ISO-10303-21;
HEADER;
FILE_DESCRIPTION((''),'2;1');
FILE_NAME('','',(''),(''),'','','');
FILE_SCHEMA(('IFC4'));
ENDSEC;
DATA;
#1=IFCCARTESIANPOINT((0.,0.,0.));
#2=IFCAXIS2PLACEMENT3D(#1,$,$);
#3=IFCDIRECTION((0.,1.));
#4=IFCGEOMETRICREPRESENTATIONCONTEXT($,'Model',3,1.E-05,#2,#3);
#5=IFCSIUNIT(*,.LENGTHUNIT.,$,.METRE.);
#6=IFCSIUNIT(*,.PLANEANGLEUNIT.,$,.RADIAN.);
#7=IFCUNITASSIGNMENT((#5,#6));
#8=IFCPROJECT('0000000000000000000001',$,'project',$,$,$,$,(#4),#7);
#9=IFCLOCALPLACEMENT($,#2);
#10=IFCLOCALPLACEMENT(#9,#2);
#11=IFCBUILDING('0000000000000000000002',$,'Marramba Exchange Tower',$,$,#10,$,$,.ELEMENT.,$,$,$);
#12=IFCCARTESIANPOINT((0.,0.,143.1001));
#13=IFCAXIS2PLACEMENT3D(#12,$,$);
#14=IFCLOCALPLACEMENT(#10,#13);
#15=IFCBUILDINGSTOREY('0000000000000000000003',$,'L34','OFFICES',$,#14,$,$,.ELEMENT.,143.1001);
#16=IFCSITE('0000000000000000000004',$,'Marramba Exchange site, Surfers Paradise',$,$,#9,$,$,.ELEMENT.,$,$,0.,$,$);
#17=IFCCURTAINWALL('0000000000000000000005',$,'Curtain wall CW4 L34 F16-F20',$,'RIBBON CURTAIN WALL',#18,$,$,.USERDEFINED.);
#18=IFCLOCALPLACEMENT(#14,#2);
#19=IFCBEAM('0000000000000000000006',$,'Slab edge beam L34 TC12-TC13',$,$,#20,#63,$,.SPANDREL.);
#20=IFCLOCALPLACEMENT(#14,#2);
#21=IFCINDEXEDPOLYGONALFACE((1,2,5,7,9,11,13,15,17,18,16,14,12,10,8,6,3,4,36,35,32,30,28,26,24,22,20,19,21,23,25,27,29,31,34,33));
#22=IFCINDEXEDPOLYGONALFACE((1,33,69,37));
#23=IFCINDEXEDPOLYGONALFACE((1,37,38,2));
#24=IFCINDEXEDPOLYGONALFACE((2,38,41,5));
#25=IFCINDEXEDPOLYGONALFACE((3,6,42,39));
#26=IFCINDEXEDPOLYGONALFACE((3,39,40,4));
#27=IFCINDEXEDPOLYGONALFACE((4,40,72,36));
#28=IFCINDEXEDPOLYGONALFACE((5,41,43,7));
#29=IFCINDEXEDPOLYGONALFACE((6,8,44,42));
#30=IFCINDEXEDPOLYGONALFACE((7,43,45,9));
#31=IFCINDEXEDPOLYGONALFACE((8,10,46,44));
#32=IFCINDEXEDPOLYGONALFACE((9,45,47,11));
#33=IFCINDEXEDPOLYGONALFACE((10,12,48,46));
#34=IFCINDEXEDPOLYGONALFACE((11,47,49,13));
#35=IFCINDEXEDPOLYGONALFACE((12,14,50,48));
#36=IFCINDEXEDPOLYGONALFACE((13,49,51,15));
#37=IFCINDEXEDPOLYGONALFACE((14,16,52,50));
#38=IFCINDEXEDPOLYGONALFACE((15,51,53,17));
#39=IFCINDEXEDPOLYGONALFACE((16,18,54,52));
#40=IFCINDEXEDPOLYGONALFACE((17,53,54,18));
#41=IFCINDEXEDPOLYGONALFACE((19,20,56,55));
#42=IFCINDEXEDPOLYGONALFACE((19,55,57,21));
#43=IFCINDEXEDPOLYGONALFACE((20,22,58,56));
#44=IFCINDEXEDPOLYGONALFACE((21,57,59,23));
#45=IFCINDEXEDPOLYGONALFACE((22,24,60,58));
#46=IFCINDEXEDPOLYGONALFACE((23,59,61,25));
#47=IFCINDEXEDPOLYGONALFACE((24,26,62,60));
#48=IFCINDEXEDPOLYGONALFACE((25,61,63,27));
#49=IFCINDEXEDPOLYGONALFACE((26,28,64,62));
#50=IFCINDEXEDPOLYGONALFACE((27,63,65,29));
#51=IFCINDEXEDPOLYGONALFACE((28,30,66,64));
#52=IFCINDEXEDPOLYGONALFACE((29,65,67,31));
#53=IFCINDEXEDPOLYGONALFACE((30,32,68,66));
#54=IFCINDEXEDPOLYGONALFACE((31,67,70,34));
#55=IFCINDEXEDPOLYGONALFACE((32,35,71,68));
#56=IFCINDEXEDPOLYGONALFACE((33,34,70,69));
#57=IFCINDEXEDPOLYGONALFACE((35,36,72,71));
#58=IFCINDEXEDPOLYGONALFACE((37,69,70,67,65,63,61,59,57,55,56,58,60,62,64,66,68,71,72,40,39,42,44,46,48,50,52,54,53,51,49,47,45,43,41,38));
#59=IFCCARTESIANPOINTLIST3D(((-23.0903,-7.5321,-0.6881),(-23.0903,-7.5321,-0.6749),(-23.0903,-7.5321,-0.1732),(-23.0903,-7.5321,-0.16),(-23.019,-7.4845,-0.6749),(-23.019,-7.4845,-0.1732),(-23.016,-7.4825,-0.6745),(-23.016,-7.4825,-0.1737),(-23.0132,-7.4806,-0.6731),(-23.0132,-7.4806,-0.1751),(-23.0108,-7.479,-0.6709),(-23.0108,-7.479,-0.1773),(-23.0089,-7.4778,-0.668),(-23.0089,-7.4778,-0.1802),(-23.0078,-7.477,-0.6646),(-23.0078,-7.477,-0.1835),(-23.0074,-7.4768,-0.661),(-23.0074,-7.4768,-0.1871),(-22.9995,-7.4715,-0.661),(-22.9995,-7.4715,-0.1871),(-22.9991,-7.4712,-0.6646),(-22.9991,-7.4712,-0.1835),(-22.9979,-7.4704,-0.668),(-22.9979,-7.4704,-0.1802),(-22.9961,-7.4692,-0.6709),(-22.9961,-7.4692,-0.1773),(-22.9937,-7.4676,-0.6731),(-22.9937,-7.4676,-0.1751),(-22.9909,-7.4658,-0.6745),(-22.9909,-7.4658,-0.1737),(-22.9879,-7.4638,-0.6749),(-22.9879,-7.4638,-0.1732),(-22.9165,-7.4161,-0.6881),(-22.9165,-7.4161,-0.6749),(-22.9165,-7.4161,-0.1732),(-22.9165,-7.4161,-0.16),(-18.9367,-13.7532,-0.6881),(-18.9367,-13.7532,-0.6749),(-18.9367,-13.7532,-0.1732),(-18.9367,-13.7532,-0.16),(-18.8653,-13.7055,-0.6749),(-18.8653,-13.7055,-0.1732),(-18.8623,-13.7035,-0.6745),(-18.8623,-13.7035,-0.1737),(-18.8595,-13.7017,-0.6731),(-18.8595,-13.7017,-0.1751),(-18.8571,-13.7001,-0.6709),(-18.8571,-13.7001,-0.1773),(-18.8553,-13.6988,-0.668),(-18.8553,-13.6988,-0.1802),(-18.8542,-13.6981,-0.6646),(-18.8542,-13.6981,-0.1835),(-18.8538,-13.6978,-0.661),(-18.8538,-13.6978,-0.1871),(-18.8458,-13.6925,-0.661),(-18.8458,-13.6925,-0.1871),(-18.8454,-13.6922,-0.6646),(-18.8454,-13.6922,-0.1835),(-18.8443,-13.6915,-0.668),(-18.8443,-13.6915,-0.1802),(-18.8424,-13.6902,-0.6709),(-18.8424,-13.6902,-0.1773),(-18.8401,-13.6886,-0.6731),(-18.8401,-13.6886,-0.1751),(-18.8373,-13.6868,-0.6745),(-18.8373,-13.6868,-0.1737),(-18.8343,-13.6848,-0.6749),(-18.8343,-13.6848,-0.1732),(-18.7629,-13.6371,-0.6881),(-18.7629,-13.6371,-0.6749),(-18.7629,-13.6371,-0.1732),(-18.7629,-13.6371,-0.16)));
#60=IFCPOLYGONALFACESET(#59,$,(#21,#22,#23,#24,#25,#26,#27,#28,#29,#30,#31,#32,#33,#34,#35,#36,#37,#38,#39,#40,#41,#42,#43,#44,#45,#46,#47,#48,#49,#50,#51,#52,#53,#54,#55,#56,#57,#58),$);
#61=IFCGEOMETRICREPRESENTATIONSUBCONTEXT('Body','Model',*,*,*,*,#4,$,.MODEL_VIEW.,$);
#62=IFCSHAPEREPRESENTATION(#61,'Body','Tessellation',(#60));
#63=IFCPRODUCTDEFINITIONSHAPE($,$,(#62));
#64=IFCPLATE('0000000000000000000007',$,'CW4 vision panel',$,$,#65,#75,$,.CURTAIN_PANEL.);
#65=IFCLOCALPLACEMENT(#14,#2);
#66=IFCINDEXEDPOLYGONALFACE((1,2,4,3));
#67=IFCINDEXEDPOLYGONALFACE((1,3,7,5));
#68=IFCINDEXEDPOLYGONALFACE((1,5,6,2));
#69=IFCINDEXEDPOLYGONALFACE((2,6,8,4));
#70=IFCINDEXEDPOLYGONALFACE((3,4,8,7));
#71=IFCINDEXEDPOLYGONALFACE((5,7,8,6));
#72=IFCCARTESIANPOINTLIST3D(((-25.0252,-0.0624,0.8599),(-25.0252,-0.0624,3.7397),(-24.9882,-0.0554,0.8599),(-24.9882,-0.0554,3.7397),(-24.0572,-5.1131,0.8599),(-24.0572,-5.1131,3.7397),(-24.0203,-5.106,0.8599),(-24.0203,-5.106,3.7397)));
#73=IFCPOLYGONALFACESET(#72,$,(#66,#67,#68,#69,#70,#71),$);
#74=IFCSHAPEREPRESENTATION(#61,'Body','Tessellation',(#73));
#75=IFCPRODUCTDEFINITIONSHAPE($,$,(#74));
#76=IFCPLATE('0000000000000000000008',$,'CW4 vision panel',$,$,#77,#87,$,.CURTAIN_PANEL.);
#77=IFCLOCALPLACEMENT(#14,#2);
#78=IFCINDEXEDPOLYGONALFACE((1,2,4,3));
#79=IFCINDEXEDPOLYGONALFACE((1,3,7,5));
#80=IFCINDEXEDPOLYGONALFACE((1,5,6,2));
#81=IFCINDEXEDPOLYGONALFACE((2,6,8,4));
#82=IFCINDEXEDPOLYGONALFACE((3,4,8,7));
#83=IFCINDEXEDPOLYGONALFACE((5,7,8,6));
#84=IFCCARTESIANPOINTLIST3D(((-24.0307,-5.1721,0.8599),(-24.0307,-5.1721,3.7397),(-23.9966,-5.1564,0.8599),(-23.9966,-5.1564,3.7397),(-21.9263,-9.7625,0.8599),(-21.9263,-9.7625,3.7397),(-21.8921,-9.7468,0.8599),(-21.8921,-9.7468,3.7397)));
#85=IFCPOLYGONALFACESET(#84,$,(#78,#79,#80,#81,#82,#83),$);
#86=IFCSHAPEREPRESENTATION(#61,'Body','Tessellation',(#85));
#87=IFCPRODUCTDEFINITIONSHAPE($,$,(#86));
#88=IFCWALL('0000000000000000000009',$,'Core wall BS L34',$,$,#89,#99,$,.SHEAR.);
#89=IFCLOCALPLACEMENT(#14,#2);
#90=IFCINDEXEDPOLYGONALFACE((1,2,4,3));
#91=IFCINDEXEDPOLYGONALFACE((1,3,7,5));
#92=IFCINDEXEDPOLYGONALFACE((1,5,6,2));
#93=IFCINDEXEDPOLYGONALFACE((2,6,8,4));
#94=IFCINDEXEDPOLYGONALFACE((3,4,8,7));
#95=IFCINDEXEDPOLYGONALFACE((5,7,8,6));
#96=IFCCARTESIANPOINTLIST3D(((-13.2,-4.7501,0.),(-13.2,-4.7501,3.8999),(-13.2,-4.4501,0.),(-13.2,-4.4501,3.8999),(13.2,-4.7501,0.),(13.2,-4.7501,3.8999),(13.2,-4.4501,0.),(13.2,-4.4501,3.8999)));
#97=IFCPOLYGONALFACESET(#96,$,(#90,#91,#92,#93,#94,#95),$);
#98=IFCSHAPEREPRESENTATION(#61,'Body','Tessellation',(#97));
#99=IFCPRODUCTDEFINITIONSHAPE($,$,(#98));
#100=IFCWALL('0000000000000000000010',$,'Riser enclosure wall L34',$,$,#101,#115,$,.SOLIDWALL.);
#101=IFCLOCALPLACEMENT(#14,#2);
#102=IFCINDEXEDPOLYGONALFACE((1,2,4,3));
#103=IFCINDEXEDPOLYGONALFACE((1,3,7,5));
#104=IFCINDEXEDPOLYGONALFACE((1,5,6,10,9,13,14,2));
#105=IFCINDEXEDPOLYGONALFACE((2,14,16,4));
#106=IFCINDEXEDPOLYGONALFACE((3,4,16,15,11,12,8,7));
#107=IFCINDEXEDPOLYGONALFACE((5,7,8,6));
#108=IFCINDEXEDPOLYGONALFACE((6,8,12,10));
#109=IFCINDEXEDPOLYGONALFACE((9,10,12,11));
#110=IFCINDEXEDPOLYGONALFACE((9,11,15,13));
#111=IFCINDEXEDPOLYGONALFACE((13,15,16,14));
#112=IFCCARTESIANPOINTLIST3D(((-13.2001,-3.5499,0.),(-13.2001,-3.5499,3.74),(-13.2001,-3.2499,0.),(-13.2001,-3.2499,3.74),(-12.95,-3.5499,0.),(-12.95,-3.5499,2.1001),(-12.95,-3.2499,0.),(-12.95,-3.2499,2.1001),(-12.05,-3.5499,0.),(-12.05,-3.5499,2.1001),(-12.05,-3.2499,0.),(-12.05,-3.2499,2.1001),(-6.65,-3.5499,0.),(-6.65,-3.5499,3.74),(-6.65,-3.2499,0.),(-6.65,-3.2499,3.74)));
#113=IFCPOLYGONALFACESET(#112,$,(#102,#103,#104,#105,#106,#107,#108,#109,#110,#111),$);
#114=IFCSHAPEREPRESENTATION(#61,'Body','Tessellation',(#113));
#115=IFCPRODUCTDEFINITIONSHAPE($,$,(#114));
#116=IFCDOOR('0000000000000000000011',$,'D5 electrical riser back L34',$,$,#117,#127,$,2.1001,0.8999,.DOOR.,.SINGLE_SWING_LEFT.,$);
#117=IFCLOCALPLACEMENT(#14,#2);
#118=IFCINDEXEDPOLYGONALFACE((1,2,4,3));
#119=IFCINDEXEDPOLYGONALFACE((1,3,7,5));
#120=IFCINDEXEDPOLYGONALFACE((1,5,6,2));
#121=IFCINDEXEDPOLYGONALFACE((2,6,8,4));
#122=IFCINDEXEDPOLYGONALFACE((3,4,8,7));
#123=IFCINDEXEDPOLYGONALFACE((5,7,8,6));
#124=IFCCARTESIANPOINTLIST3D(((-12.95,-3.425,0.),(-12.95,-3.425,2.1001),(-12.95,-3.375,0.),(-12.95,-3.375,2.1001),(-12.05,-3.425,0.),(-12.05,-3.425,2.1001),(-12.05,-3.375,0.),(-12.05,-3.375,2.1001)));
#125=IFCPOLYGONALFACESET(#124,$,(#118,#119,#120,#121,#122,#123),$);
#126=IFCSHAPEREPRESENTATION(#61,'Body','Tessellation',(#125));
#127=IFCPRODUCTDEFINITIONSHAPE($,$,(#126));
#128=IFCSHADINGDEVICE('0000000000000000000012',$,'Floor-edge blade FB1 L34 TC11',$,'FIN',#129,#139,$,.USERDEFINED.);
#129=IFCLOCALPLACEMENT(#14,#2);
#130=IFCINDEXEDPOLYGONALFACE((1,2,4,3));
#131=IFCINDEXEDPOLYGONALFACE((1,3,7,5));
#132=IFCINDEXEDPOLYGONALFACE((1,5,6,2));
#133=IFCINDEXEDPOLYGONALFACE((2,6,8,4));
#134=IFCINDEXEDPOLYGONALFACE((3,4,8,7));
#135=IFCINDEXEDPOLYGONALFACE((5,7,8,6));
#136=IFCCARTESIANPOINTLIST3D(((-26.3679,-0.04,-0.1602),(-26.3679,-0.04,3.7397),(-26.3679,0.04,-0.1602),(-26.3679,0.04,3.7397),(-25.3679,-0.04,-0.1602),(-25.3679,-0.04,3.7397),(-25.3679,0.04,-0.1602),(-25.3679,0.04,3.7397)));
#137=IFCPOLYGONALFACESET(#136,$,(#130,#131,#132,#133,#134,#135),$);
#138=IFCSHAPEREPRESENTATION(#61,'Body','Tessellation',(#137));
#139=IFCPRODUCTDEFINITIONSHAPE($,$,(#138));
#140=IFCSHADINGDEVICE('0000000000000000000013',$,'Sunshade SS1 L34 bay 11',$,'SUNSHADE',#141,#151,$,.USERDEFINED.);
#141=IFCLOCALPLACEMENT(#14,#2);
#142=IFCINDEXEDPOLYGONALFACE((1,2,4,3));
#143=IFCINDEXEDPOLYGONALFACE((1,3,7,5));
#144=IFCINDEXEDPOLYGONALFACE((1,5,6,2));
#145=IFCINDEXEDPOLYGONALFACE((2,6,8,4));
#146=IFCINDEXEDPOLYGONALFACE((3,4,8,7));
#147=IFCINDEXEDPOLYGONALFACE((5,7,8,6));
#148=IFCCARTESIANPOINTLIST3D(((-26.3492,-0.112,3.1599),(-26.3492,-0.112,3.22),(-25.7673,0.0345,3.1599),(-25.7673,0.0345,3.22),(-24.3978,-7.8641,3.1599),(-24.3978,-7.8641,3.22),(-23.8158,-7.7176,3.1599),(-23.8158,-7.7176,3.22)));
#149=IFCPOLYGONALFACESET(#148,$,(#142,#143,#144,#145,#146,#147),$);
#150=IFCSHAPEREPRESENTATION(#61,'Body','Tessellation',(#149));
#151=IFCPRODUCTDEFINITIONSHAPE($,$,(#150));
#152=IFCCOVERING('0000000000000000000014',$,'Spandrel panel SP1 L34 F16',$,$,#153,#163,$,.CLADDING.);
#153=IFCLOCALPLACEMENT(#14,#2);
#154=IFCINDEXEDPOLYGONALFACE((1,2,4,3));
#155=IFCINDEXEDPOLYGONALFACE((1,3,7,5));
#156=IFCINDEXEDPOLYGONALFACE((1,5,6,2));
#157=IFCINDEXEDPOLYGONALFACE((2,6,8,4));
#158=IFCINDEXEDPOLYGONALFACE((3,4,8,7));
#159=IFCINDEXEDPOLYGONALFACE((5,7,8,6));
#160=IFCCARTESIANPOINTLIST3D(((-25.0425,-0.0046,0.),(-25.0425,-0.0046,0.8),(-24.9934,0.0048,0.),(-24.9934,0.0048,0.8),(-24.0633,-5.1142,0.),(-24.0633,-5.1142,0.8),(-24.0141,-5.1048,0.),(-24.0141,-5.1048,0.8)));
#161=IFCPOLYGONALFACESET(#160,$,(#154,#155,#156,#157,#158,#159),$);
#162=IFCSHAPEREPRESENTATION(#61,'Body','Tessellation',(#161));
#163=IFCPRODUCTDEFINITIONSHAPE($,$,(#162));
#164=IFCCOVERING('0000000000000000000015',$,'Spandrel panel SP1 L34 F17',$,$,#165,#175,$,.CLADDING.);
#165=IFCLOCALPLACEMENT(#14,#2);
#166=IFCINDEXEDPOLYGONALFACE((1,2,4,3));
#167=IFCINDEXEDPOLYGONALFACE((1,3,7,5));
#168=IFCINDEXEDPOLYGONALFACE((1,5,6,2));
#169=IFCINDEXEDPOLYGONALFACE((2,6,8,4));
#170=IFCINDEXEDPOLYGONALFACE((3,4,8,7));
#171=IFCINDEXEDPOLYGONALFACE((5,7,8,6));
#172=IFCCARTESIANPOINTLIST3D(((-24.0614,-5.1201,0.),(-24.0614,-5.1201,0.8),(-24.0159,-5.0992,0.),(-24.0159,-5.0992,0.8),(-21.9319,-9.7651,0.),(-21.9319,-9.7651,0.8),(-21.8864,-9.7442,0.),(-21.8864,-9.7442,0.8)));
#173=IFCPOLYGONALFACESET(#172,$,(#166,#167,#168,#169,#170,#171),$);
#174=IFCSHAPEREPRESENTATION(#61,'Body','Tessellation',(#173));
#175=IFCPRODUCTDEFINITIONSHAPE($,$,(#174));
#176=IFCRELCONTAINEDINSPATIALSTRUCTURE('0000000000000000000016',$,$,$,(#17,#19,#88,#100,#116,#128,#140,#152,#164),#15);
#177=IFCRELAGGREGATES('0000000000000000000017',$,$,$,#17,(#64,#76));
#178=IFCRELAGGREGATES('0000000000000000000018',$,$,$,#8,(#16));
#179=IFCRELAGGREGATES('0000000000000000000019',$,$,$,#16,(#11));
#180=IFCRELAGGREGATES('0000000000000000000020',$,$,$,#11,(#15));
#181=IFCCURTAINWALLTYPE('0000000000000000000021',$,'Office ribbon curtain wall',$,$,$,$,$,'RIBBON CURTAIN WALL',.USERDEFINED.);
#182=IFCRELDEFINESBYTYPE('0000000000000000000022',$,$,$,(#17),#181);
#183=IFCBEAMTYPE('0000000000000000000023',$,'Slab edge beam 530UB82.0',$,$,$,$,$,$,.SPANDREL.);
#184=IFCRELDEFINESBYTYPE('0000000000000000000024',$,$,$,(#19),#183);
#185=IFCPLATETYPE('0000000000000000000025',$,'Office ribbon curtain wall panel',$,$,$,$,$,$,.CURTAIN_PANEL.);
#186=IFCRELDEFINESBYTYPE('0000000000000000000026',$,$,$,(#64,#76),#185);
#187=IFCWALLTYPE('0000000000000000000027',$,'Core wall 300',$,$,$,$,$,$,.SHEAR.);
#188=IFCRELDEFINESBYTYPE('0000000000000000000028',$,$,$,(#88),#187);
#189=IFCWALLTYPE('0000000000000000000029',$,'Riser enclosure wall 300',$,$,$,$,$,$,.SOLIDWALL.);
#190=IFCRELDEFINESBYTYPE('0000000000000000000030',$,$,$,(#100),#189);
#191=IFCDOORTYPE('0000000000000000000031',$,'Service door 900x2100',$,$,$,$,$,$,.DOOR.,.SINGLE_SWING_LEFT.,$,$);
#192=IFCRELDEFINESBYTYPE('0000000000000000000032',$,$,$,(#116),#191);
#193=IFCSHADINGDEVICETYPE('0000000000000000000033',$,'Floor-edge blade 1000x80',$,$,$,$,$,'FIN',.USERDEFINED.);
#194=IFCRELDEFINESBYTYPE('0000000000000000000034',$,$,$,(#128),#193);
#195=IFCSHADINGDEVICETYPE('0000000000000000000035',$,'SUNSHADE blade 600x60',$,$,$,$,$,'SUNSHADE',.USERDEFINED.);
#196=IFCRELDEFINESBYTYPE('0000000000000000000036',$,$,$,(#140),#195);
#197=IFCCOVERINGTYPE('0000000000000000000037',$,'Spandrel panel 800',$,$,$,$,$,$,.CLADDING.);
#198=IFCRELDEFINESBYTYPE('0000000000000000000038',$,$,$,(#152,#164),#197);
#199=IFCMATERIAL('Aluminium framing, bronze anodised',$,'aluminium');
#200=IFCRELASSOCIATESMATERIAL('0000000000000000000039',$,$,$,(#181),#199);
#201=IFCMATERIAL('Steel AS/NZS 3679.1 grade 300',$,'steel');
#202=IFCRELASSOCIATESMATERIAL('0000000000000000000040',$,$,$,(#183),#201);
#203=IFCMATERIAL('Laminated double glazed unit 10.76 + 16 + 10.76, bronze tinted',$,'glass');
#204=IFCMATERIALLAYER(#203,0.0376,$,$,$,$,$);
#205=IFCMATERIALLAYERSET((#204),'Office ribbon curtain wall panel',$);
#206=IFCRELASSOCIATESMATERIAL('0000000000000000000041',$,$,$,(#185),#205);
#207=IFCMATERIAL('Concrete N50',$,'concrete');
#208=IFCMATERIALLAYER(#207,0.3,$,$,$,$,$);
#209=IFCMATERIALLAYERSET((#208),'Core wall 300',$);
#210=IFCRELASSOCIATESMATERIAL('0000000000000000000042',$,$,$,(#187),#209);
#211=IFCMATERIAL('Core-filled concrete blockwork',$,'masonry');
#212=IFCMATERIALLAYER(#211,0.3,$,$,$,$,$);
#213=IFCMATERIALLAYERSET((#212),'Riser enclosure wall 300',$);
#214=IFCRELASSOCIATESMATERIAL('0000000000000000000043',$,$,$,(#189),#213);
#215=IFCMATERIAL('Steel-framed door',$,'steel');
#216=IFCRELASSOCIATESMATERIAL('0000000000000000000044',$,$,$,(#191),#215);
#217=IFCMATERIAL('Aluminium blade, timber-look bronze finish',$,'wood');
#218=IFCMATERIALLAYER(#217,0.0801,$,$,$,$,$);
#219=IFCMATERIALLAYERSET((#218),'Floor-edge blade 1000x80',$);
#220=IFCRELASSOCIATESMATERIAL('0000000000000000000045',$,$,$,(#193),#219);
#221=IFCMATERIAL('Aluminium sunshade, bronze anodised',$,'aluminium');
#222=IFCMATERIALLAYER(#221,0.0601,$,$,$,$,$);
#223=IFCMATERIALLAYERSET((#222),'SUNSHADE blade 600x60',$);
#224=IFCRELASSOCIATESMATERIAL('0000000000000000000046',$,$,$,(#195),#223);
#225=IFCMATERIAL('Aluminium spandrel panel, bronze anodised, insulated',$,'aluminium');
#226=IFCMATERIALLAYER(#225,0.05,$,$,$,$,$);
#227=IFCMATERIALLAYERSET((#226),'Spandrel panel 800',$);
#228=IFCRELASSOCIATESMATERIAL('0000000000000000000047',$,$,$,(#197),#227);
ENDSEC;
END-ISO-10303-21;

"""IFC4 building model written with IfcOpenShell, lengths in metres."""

from ifc_helpers import new_model, si_unit, direction, frame, frame_2d, origin, origin_2d, place, context, subcontext, project, spatial, rectangle, i_section, extrude, material, layer, layer_set, material_profile, profile_set, type_object, element, fill, aggregate, save


model = new_model("IFC4")

# Units and contexts
model_context = context("Model", 3, precision=1e-05, world=origin(), true_north=direction((0.0, 1.0)))
body_context = subcontext(model_context, "Body", "Model", "MODEL_VIEW")
ifc_project = project(units=[si_unit("LENGTHUNIT", "METRE"), si_unit("PLANEANGLEUNIT", "RADIAN")], contexts=[model_context])

# Site, building, storey
site_placement = place(None, origin())
site = spatial("IfcSite", under=ifc_project, at=site_placement, Name="Marramba Exchange site, Surfers Paradise", CompositionType="ELEMENT", RefElevation=0.0)
building_placement = place(site_placement, origin())
building = spatial("IfcBuilding", under=site, at=building_placement, Name="Marramba Exchange Tower", CompositionType="ELEMENT")
storey_placement = place(building_placement, frame((0.0, 0.0, 143.1001)))
storey = spatial("IfcBuildingStorey", under=building, at=storey_placement, Name="L34", Description="OFFICES", CompositionType="ELEMENT", Elevation=143.1001)

# Shared definitions
ifc_material_1 = material(Name="Concrete N50", Category="concrete")

# Shared definitions
ifc_material_2 = material(Name="Steel AS/NZS 3679.1 grade 300", Category="steel")

# Curtain wall
ifc_material_3 = material(Name="Aluminium framing, bronze anodised", Category="aluminium")
curtain_wall_type = type_object("IfcCurtainWallType", Name="Office ribbon curtain wall", ElementType="RIBBON CURTAIN WALL", PredefinedType="USERDEFINED", material=ifc_material_3)
curtain_wall_placement = place(storey_placement, origin())
curtain_wall = element("IfcCurtainWall", 1, at=curtain_wall_placement, inside=storey, type_object=curtain_wall_type, Name="Curtain wall CW4 L34 F16-F20", ObjectType="RIBBON CURTAIN WALL", PredefinedType="USERDEFINED")

# Beam
ifc_material_profile_1 = material_profile(ifc_material_2, i_section(OverallWidth=0.209, OverallDepth=0.5281, WebThickness=0.0095, FlangeThickness=0.0132, FilletRadius=0.0139, at=origin_2d()), Name="530UB82.0")
ifc_profile_set_1 = profile_set([ifc_material_profile_1], Name="Steel AS/NZS 3679.1 grade 300")
beam_type_1 = type_object("IfcBeamType", Name="Slab edge beam 530UB82.0", PredefinedType="SPANDREL", material=ifc_profile_set_1)
beam_1_placement = place(storey_placement, frame((-23.0034, -7.4741, -0.4241), z_axis=(0.55528, -0.831663, 0.0), x_axis=(0.831663, 0.55528, 0.0)))
element("IfcBeam", 2, at=beam_1_placement, inside=storey, type_object=beam_type_1, Name="Slab edge beam L34 TC12-TC13", PredefinedType="SPANDREL", context=body_context, shape_type="SweptSolid", body=[
    extrude(i_section(OverallWidth=0.209, OverallDepth=0.5281, WebThickness=0.0095, FlangeThickness=0.0132, FilletRadius=0.0139, at=origin_2d()), origin(), (0.0, 0.0, 1.0), 7.4802),
])

# Plates
ifc_material_4 = material(Name="Laminated double glazed unit 10.76 + 16 + 10.76, bronze tinted", Category="glass")
ifc_layer_1 = layer(ifc_material_4, 0.0376)
ifc_layer_set_1 = layer_set([ifc_layer_1], Name="Office ribbon curtain wall panel")
plate_type = type_object("IfcPlateType", Name="Office ribbon curtain wall panel", PredefinedType="CURTAIN_PANEL", material=ifc_layer_set_1)
plate_1_placement = place(storey_placement, frame((-24.5227, -2.5842, 0.8599), z_axis=(0.0, 0.0, 1.0), x_axis=(0.188227, -0.982126, 0.0)))
plate_1 = element("IfcPlate", 3, at=plate_1_placement, type_object=plate_type, Name="CW4 vision panel", PredefinedType="CURTAIN_PANEL", context=body_context, shape_type="SweptSolid", body=[
    extrude(rectangle(XDim=5.1426, YDim=0.0376, at=origin_2d()), origin(), (0.0, 0.0, 1.0), 2.8799),
])
plate_2_placement = place(storey_placement, frame((-22.9614, -7.4595, 0.8599), z_axis=(0.0, 0.0, 1.0), x_axis=(0.416738, -0.909027, 0.0)))
plate_2 = element("IfcPlate", 4, at=plate_2_placement, type_object=plate_type, Name="CW4 vision panel", PredefinedType="CURTAIN_PANEL", context=body_context, shape_type="SweptSolid", body=[
    extrude(rectangle(XDim=5.0498, YDim=0.0376, at=origin_2d()), origin(), (0.0, 0.0, 1.0), 2.8799),
])
aggregate(curtain_wall, [plate_1, plate_2])

# Wall
ifc_layer_2 = layer(ifc_material_1, 0.3)
ifc_layer_set_2 = layer_set([ifc_layer_2], Name="Core wall 300")
wall_type_1 = type_object("IfcWallType", Name="Core wall 300", PredefinedType="SHEAR", material=ifc_layer_set_2)
wall_1_placement = place(storey_placement, frame((-13.2, -4.6001, 0.0), z_axis=(0.0, 0.0, 1.0), x_axis=(1.0, 0.0, 0.0)))
element("IfcWall", 5, at=wall_1_placement, inside=storey, type_object=wall_type_1, Name="Core wall BS L34", PredefinedType="SHEAR", context=body_context, shape_type="SweptSolid", body=[
    extrude(rectangle(XDim=26.3999, YDim=0.3, at=frame_2d((13.2, 0.0))), origin(), (0.0, 0.0, 1.0), 3.8999),
])

# Wall, opening, door
ifc_material_5 = material(Name="Core-filled concrete blockwork", Category="masonry")
ifc_layer_3 = layer(ifc_material_5, 0.3)
ifc_layer_set_3 = layer_set([ifc_layer_3], Name="Riser enclosure wall 300")
wall_type_2 = type_object("IfcWallType", Name="Riser enclosure wall 300", PredefinedType="SOLIDWALL", material=ifc_layer_set_3)
wall_2_placement = place(storey_placement, frame((-13.2, -3.3999, 0.0), z_axis=(0.0, 0.0, 1.0), x_axis=(1.0, 0.0, 0.0)))
wall_2 = element("IfcWall", 6, at=wall_2_placement, inside=storey, type_object=wall_type_2, Name="Riser enclosure wall L34", PredefinedType="SOLIDWALL", context=body_context, shape_type="SweptSolid", body=[
    extrude(rectangle(XDim=6.55, YDim=0.3, at=frame_2d((3.2749, 0.0))), origin(), (0.0, 0.0, 1.0), 3.74),
])
opening_placement = place(wall_2_placement, frame((0.25, 0.0, 0.0)))
opening = element("IfcOpeningElement", 7, at=opening_placement, cuts=wall_2, PredefinedType="OPENING", context=body_context, shape_type="SweptSolid", body=[
    extrude(rectangle(XDim=0.8999, YDim=2.1001, at=frame_2d((0.45, 1.05))), frame((0.0, 0.1599, 0.0), z_axis=(0.0, -1.0, 0.0), x_axis=(1.0, 0.0, 0.0)), (0.0, 0.0, 1.0), 0.3201),
])
ifc_material_6 = material(Name="Steel-framed door", Category="steel")
door_type = type_object("IfcDoorType", Name="Service door 900x2100", OperationType="SINGLE_SWING_LEFT", PredefinedType="DOOR", material=ifc_material_6)
door_placement = place(opening_placement, origin())
door = element("IfcDoor", 8, at=door_placement, inside=storey, type_object=door_type, Name="D5 electrical riser back L34", OperationType="SINGLE_SWING_LEFT", OverallHeight=2.1001, OverallWidth=0.8999, PredefinedType="DOOR", context=body_context, shape_type="SweptSolid", body=[
    extrude(rectangle(XDim=0.8999, YDim=2.1001, at=frame_2d((0.45, 1.05))), frame((0.0, 0.0249, 0.0), z_axis=(0.0, -1.0, 0.0), x_axis=(1.0, 0.0, 0.0)), (0.0, 0.0, 1.0), 0.05),
])
fill(opening, door)

# Shading devices
ifc_material_7 = material(Name="Aluminium blade, timber-look bronze finish", Category="wood")
ifc_layer_4 = layer(ifc_material_7, 0.0801)
ifc_layer_set_4 = layer_set([ifc_layer_4], Name="Floor-edge blade 1000x80")
shading_device_type_1 = type_object("IfcShadingDeviceType", Name="Floor-edge blade 1000x80", ElementType="FIN", PredefinedType="USERDEFINED", material=ifc_layer_set_4)
shading_device_1_placement = place(storey_placement, frame((-25.8679, 0.0, -0.1602), z_axis=(0.0, 0.0, 1.0), x_axis=(-1.0, 0.0, 0.0)))
element("IfcShadingDevice", 9, at=shading_device_1_placement, inside=storey, type_object=shading_device_type_1, Name="Floor-edge blade FB1 L34 TC11", ObjectType="FIN", PredefinedType="USERDEFINED", context=body_context, shape_type="SweptSolid", body=[
    extrude(rectangle(XDim=1.0, YDim=0.0801, at=origin_2d()), origin(), (0.0, 0.0, 1.0), 3.8999),
])
ifc_material_8 = material(Name="Aluminium sunshade, bronze anodised", Category="aluminium")
ifc_layer_5 = layer(ifc_material_8, 0.0601)
ifc_layer_set_5 = layer_set([ifc_layer_5], Name="SUNSHADE blade 600x60")
shading_device_type_2 = type_object("IfcShadingDeviceType", Name="SUNSHADE blade 600x60", ElementType="SUNSHADE", PredefinedType="USERDEFINED", material=ifc_layer_set_5)
shading_device_2_placement = place(storey_placement, frame((-25.0825, -3.9148, 3.1599), z_axis=(0.0, 0.0, 1.0), x_axis=(0.244117, -0.969746, 0.0)))
element("IfcShadingDevice", 10, at=shading_device_2_placement, inside=storey, type_object=shading_device_type_2, Name="Sunshade SS1 L34 bay 11", ObjectType="SUNSHADE", PredefinedType="USERDEFINED", context=body_context, shape_type="SweptSolid", body=[
    extrude(rectangle(XDim=7.9939, YDim=0.6001, at=origin_2d()), origin(), (0.0, 0.0, 1.0), 0.0601),
])

# Coverings
ifc_material_9 = material(Name="Aluminium spandrel panel, bronze anodised, insulated", Category="aluminium")
ifc_layer_6 = layer(ifc_material_9, 0.05)
ifc_layer_set_6 = layer_set([ifc_layer_6], Name="Spandrel panel 800")
covering_type = type_object("IfcCoveringType", Name="Spandrel panel 800", PredefinedType="CLADDING", material=ifc_layer_set_6)
covering_1_placement = place(storey_placement, frame((-24.5283, -2.5547, 0.0), z_axis=(0.0, 0.0, 1.0), x_axis=(0.188227, -0.982126, 0.0)))
element("IfcCovering", 11, at=covering_1_placement, inside=storey, type_object=covering_type, Name="Spandrel panel SP1 L34 F16", PredefinedType="CLADDING", context=body_context, shape_type="SweptSolid", body=[
    extrude(rectangle(XDim=5.2026, YDim=0.05, at=origin_2d()), origin(), (0.0, 0.0, 1.0), 0.8),
])
covering_2_placement = place(storey_placement, frame((-22.9739, -7.4321, 0.0), z_axis=(0.0, 0.0, 1.0), x_axis=(0.416738, -0.909027, 0.0)))
element("IfcCovering", 12, at=covering_2_placement, inside=storey, type_object=covering_type, Name="Spandrel panel SP1 L34 F17", PredefinedType="CLADDING", context=body_context, shape_type="SweptSolid", body=[
    extrude(rectangle(XDim=5.1099, YDim=0.05, at=origin_2d()), origin(), (0.0, 0.0, 1.0), 0.8),
])

save(model, "model.ifc")
